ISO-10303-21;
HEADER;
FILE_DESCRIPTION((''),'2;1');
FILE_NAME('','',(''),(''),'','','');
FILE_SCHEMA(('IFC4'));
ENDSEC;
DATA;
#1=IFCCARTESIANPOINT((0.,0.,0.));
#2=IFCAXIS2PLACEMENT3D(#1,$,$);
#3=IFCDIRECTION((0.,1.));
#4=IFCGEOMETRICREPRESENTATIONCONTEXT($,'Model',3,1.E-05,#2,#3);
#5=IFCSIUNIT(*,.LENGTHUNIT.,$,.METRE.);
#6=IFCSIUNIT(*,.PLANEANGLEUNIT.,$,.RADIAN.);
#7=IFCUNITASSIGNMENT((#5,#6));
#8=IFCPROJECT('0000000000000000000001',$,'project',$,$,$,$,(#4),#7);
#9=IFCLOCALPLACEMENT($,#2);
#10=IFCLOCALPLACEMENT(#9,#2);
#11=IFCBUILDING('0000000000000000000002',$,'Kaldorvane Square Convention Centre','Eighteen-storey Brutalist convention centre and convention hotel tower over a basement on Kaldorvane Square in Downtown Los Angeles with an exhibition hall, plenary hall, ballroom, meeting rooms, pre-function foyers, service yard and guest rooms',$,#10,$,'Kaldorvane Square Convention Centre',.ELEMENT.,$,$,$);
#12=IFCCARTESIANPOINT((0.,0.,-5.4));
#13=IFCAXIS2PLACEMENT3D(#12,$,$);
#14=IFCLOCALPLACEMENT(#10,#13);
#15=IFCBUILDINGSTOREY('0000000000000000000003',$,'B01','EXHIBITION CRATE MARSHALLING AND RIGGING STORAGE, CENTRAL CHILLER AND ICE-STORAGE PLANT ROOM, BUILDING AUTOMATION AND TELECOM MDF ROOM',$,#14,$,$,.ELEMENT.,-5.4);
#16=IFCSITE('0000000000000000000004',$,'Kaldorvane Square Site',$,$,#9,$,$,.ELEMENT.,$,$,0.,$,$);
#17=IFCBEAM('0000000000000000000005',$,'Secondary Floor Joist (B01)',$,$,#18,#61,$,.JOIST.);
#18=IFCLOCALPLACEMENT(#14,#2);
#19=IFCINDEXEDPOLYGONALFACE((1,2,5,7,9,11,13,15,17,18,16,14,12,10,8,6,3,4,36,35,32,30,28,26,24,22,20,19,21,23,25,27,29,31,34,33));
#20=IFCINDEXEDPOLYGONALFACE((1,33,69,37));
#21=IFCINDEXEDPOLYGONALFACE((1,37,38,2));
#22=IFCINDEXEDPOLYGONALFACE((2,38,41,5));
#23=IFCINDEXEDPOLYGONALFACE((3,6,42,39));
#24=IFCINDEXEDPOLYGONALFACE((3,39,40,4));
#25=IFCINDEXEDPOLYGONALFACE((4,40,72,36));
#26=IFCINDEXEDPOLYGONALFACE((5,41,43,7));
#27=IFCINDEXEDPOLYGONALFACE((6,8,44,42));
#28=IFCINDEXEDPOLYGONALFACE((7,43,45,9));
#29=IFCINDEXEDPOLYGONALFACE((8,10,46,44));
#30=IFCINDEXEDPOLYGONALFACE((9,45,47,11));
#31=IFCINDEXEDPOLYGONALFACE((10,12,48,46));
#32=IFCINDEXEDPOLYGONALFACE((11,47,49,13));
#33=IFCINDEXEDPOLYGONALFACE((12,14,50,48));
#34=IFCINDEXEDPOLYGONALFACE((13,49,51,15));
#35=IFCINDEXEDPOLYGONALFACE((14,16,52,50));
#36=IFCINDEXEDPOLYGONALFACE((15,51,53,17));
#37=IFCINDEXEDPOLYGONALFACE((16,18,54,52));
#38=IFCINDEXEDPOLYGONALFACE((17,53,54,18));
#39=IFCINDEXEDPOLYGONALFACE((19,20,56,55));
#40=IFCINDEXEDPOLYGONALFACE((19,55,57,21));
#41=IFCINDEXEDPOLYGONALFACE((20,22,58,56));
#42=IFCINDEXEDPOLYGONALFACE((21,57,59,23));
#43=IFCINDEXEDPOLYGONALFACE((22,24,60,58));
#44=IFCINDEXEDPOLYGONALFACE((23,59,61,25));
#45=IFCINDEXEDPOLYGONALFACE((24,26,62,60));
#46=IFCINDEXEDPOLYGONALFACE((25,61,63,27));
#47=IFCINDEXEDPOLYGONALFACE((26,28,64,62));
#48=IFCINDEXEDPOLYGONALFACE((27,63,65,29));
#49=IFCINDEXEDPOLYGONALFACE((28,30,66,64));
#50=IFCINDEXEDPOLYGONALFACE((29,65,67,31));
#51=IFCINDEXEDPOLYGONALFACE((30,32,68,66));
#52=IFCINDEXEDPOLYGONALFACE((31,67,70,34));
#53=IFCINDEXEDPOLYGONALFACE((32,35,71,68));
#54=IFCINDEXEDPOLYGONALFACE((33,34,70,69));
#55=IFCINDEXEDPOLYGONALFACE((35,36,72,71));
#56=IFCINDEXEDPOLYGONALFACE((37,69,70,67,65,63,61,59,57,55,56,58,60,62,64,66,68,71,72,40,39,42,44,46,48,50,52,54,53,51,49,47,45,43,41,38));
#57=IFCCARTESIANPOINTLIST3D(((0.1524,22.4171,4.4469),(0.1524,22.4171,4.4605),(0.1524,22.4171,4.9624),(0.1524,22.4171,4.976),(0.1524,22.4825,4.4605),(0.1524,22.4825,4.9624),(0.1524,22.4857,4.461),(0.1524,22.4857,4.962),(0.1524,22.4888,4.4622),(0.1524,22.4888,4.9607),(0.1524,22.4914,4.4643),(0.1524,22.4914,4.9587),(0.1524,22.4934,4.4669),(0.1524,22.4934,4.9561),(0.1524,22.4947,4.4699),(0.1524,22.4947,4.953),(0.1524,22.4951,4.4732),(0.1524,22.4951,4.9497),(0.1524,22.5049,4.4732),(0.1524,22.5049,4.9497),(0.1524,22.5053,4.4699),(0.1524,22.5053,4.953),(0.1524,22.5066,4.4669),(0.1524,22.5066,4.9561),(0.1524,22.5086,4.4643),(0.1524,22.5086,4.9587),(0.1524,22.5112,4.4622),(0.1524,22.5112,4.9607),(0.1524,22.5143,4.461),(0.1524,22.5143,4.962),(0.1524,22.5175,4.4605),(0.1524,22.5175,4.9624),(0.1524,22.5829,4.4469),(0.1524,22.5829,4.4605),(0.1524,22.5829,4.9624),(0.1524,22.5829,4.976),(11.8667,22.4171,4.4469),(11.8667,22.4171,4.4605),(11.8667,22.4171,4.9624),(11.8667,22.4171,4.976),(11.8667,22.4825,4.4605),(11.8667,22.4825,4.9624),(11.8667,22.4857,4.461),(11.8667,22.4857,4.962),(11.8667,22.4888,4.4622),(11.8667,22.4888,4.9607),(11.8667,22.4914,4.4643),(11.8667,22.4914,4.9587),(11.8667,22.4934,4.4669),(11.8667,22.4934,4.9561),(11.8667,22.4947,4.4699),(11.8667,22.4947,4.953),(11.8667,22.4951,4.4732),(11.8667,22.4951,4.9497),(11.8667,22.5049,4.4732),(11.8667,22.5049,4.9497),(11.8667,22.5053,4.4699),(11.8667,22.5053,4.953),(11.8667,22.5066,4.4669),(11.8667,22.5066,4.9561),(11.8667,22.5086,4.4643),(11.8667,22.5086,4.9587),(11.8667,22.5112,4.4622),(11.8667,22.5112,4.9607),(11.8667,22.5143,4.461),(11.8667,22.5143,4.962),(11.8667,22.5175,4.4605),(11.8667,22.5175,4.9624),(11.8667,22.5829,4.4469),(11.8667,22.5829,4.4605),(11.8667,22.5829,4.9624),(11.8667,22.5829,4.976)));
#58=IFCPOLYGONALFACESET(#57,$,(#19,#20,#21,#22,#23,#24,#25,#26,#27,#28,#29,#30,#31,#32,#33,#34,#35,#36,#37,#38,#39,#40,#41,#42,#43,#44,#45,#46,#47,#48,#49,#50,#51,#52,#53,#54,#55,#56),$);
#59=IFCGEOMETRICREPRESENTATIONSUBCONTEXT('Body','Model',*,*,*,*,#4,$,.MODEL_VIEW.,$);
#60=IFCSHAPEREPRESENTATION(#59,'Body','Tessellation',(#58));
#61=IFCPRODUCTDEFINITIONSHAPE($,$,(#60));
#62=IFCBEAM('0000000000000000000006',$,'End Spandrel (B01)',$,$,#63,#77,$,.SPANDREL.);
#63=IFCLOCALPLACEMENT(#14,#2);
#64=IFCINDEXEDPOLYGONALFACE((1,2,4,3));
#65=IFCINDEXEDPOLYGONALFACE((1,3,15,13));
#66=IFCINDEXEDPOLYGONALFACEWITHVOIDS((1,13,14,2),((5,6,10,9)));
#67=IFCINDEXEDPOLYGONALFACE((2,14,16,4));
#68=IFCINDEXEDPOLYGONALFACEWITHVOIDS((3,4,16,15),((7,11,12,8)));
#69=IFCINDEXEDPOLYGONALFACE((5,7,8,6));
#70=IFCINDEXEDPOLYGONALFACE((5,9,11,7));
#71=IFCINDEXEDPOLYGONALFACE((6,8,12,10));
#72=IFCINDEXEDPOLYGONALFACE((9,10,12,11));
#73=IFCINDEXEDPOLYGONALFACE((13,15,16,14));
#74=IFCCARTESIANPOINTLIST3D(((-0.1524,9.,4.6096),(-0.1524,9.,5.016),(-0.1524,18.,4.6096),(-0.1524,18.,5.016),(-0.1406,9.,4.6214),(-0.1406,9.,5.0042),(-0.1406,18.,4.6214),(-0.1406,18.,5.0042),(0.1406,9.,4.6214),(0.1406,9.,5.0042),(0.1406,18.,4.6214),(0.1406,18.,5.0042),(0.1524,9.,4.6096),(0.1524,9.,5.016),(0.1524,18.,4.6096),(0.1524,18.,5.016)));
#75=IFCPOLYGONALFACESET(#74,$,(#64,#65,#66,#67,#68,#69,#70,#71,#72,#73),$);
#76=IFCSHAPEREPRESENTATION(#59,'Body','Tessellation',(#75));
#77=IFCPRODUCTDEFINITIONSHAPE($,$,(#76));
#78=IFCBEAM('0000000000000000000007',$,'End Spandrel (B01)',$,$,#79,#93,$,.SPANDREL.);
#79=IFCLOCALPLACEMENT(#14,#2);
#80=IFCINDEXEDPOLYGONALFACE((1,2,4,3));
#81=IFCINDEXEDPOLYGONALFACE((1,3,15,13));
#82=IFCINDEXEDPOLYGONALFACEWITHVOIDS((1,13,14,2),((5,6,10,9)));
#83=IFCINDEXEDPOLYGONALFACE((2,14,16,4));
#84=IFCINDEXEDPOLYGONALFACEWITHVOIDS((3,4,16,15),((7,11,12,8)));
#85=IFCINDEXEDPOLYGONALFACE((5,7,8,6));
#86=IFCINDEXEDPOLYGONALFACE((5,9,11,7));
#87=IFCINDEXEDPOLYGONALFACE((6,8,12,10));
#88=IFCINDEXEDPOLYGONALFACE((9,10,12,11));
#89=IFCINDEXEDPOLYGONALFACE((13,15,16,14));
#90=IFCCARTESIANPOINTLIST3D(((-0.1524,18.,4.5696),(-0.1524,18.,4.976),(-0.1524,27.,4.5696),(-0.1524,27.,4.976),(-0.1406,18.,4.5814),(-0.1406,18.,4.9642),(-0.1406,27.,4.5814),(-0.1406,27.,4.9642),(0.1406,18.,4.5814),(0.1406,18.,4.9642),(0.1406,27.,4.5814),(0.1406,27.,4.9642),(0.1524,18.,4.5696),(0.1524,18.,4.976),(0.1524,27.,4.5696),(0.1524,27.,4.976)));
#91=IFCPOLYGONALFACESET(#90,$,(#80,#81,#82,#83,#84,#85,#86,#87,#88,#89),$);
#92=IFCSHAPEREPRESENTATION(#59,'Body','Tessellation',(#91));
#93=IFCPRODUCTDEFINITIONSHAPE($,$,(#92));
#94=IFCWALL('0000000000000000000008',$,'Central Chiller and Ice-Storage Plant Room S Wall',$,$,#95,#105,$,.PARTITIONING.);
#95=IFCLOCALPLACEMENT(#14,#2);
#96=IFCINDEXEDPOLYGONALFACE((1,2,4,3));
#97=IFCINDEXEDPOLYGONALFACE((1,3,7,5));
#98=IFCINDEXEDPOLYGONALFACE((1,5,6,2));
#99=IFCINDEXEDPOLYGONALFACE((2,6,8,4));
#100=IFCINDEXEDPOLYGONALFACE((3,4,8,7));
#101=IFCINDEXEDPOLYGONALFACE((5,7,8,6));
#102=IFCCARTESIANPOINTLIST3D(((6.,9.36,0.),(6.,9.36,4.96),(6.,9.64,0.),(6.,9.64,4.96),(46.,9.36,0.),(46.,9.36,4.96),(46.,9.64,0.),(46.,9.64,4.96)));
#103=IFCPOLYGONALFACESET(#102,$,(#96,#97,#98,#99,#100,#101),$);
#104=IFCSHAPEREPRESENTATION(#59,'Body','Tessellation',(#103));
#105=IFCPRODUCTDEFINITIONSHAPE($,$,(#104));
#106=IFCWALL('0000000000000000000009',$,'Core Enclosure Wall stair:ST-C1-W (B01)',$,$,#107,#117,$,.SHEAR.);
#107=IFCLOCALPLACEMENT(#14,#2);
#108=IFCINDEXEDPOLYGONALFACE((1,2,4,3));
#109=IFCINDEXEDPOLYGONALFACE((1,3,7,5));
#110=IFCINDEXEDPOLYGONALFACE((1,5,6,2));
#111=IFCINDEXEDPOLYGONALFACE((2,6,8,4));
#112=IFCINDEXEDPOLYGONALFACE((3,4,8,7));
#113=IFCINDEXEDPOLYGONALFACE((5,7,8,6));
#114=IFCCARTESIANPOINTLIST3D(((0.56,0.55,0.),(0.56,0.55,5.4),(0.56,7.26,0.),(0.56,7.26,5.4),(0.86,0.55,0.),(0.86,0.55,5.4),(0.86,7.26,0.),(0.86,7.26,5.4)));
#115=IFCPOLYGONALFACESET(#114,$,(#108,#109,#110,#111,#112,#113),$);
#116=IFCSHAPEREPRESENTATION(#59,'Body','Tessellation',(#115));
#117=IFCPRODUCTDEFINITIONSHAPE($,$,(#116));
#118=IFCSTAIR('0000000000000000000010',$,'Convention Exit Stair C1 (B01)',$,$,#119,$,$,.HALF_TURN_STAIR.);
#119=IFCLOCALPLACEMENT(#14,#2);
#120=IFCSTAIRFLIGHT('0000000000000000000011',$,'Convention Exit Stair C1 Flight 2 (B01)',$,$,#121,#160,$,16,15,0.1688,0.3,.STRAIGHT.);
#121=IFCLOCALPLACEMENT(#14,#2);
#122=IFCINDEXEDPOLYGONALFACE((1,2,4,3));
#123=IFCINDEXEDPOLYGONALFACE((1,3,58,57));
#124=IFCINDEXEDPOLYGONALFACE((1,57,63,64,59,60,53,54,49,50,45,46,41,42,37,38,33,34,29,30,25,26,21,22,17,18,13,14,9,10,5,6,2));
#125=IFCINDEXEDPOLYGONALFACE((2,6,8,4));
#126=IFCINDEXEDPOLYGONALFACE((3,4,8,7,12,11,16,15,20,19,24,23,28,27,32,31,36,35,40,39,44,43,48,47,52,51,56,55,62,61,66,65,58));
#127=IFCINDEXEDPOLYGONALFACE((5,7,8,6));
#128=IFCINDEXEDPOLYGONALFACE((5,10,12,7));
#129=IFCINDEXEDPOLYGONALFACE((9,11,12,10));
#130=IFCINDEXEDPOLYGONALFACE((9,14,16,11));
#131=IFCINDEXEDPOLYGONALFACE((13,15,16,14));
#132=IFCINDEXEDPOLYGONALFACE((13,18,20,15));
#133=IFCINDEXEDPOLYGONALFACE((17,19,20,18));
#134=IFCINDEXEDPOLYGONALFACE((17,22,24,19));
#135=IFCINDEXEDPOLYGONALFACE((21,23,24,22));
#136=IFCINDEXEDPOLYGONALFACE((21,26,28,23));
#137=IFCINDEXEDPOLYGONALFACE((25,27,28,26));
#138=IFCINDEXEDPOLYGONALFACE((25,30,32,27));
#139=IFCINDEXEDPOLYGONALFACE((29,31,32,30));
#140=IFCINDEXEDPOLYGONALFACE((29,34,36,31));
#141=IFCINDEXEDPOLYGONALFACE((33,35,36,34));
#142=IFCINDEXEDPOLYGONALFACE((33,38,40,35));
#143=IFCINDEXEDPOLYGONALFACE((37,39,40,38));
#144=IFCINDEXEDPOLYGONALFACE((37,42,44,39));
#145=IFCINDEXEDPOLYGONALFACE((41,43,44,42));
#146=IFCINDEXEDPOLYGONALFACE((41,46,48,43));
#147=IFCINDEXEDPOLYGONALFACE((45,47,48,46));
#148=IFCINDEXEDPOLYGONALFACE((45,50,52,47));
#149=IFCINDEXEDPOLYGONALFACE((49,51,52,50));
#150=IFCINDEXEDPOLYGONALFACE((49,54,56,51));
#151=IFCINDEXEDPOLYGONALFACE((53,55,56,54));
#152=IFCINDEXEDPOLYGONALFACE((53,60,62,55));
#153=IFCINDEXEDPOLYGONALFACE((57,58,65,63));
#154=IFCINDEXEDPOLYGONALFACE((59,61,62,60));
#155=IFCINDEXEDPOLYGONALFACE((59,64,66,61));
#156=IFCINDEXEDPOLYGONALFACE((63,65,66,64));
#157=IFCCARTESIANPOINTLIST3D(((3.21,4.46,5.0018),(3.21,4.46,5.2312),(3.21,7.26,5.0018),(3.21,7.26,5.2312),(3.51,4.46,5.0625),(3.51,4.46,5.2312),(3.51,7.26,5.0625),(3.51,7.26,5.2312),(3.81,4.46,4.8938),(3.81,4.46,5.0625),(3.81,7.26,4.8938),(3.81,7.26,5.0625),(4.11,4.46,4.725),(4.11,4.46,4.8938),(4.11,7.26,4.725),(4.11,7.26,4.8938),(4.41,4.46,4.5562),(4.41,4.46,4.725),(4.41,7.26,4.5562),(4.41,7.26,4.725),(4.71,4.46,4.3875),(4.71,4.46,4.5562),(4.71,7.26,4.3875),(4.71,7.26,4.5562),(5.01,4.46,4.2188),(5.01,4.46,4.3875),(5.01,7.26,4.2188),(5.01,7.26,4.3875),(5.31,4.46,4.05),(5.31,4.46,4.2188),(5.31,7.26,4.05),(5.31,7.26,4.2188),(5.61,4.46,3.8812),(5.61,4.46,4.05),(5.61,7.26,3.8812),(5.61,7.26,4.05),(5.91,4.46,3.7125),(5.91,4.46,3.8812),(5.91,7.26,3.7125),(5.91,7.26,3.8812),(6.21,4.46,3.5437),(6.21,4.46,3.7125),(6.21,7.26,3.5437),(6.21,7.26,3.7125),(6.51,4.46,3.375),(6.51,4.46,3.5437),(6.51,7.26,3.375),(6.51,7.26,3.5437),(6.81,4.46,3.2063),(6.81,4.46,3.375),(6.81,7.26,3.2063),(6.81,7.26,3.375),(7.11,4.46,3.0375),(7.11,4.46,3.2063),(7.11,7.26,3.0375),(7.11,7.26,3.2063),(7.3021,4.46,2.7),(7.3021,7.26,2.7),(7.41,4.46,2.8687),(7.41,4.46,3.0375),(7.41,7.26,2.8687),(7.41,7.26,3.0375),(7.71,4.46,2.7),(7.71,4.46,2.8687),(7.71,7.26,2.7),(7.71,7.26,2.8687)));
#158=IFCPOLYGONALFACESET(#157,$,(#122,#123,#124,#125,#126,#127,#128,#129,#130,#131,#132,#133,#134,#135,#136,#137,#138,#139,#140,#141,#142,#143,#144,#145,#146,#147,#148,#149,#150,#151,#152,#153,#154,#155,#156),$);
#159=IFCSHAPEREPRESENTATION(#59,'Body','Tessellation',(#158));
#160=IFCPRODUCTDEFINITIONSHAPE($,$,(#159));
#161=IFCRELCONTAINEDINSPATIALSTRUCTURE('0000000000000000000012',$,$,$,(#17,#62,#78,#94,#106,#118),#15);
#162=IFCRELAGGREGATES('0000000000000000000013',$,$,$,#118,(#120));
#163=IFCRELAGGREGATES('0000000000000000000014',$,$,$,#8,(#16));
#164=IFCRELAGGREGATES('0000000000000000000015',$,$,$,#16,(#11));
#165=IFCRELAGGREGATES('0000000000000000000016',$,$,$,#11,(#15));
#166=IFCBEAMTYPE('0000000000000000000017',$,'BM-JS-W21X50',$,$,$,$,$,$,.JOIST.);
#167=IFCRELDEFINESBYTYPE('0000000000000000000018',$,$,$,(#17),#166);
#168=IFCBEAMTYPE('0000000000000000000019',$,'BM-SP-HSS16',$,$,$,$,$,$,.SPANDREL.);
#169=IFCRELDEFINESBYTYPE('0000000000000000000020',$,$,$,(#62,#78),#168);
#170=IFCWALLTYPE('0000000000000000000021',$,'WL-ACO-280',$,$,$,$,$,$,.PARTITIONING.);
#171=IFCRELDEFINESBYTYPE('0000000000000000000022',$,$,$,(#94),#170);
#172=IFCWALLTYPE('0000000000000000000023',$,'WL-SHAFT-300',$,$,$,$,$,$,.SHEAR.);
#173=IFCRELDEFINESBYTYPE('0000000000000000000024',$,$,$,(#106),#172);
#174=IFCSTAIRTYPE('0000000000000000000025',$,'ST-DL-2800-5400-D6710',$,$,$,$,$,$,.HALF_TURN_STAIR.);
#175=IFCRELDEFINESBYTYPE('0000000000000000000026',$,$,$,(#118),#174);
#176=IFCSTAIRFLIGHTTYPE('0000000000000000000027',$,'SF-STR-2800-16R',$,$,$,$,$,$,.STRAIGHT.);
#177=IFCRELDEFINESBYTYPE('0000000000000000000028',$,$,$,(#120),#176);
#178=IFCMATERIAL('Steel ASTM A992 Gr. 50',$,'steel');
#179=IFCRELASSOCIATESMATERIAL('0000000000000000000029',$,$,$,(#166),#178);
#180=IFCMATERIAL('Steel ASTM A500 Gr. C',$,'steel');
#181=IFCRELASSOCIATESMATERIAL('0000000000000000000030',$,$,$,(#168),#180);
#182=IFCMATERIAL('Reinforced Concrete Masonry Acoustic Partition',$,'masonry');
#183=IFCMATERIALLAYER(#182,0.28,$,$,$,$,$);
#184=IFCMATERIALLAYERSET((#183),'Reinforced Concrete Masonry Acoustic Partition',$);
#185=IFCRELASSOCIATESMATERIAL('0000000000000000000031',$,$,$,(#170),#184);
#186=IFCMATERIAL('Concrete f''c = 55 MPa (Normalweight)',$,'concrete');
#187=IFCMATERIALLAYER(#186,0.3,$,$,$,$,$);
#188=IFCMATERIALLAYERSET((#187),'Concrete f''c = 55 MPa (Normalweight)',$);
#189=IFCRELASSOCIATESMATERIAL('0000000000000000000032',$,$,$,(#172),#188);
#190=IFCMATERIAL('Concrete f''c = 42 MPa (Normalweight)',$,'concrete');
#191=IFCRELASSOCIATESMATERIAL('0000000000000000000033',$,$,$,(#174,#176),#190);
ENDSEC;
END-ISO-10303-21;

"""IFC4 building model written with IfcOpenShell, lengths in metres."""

from ifc_helpers import new_model, si_unit, direction, frame, frame_2d, origin, origin_2d, place, context, subcontext, project, spatial, polyline, rectangle, hollow_rectangle, i_section, outline, extrude, material, layer, layer_set, material_profile, profile_set, type_object, element, aggregate, save


model = new_model("IFC4")

# Units and contexts
model_context = context("Model", 3, precision=1e-05, world=origin(), true_north=direction((0.0, 1.0)))
body_context = subcontext(model_context, "Body", "Model", "MODEL_VIEW")
ifc_project = project(units=[si_unit("LENGTHUNIT", "METRE"), si_unit("PLANEANGLEUNIT", "RADIAN")], contexts=[model_context])

# Site, building, storey
site_placement = place(None, origin())
site = spatial("IfcSite", under=ifc_project, at=site_placement, Name="Kaldorvane Square Site", CompositionType="ELEMENT", RefElevation=0.0)
building_placement = place(site_placement, origin())
building = spatial("IfcBuilding", under=site, at=building_placement, Name="Kaldorvane Square Convention Centre", Description="Eighteen-storey Brutalist convention centre and convention hotel tower over a basement on Kaldorvane Square in Downtown Los Angeles with an exhibition hall, plenary hall, ballroom, meeting rooms, pre-function foyers, service yard and guest rooms", LongName="Kaldorvane Square Convention Centre", CompositionType="ELEMENT")
storey_placement = place(building_placement, frame((0.0, 0.0, -5.4)))
storey = spatial("IfcBuildingStorey", under=building, at=storey_placement, Name="B01", Description="EXHIBITION CRATE MARSHALLING AND RIGGING STORAGE, CENTRAL CHILLER AND ICE-STORAGE PLANT ROOM, BUILDING AUTOMATION AND TELECOM MDF ROOM", CompositionType="ELEMENT", Elevation=-5.4)

# Shared definitions
ifc_material_1 = material(Name="Concrete f'c = 42 MPa (Normalweight)", Category="concrete")

# Shared definitions
ifc_material_2 = material(Name="Steel ASTM A500 Gr. C", Category="steel")
ifc_material_3 = material(Name="Steel ASTM A992 Gr. 50", Category="steel")

# Beams
ifc_material_profile_1 = material_profile(ifc_material_3, i_section(OverallWidth=0.1659, OverallDepth=0.5291, WebThickness=0.0097, FlangeThickness=0.0136, FilletRadius=0.0127, at=origin_2d()), Name="W21X50")
ifc_profile_set_1 = profile_set([ifc_material_profile_1], Name="Steel ASTM A992 Gr. 50")
beam_type_1 = type_object("IfcBeamType", Name="BM-JS-W21X50", PredefinedType="JOIST", material=ifc_profile_set_1)
for number, where, z_axis, x_axis, name in (
    (1, (0.1524, 22.5, 4.7115), (1.0, 0.0, 0.0), (0.0, 1.0, 0.0), "Secondary Floor Joist (B01)"),
):
    element("IfcBeam", number, at=place(storey_placement, frame(where, z_axis=z_axis, x_axis=x_axis)), inside=storey, type_object=beam_type_1, Name=name, PredefinedType="JOIST", context=body_context, shape_type="SweptSolid", body=[
        extrude(i_section(OverallWidth=0.1659, OverallDepth=0.5291, WebThickness=0.0097, FlangeThickness=0.0136, FilletRadius=0.0127, at=origin_2d()), origin(), (0.0, 0.0, 1.0), 11.7143),
    ])
ifc_material_profile_2 = material_profile(ifc_material_2, hollow_rectangle(XDim=0.3048, YDim=0.4064, WallThickness=0.0118, at=origin_2d()), Name="HSS16X12X1/2")
ifc_profile_set_2 = profile_set([ifc_material_profile_2], Name="Steel ASTM A500 Gr. C")
beam_type_2 = type_object("IfcBeamType", Name="BM-SP-HSS16", PredefinedType="SPANDREL", material=ifc_profile_set_2)
for number, where, z_axis, x_axis, name in (
    (2, (0.0, 9.0, 4.8128), (0.0, 1.0, 0.0), (-1.0, 0.0, 0.0), "End Spandrel (B01)"),
    (3, (0.0, 18.0, 4.7728), (0.0, 1.0, 0.0), (-1.0, 0.0, 0.0), "End Spandrel (B01)"),
):
    element("IfcBeam", number, at=place(storey_placement, frame(where, z_axis=z_axis, x_axis=x_axis)), inside=storey, type_object=beam_type_2, Name=name, PredefinedType="SPANDREL", context=body_context, shape_type="SweptSolid", body=[
        extrude(hollow_rectangle(XDim=0.3048, YDim=0.4064, WallThickness=0.0118, at=origin_2d()), origin(), (0.0, 0.0, 1.0), 9.0),
    ])

# Walls
ifc_material_4 = material(Name="Reinforced Concrete Masonry Acoustic Partition", Category="masonry")
ifc_layer_1 = layer(ifc_material_4, 0.28)
ifc_layer_set_1 = layer_set([ifc_layer_1], Name="Reinforced Concrete Masonry Acoustic Partition")
wall_type_1 = type_object("IfcWallType", Name="WL-ACO-280", PredefinedType="PARTITIONING", material=ifc_layer_set_1)
wall_1_placement = place(storey_placement, frame((6.0, 9.5, 0.0), z_axis=(0.0, 0.0, 1.0), x_axis=(1.0, 0.0, 0.0)))
element("IfcWall", 4, at=wall_1_placement, inside=storey, type_object=wall_type_1, Name="Central Chiller and Ice-Storage Plant Room S Wall", PredefinedType="PARTITIONING", context=body_context, shape_type="SweptSolid", body=[
    extrude(rectangle(XDim=40.0, YDim=0.28, at=frame_2d((20.0, 0.0))), origin(), (0.0, 0.0, 1.0), 4.96),
])
ifc_material_5 = material(Name="Concrete f'c = 55 MPa (Normalweight)", Category="concrete")
ifc_layer_2 = layer(ifc_material_5, 0.3)
ifc_layer_set_2 = layer_set([ifc_layer_2], Name="Concrete f'c = 55 MPa (Normalweight)")
wall_type_2 = type_object("IfcWallType", Name="WL-SHAFT-300", PredefinedType="SHEAR", material=ifc_layer_set_2)
wall_2_placement = place(storey_placement, frame((0.71, 7.26, 0.0), z_axis=(0.0, 0.0, 1.0), x_axis=(0.0, -1.0, 0.0)))
element("IfcWall", 5, at=wall_2_placement, inside=storey, type_object=wall_type_2, Name="Core Enclosure Wall stair:ST-C1-W (B01)", PredefinedType="SHEAR", context=body_context, shape_type="SweptSolid", body=[
    extrude(rectangle(XDim=6.71, YDim=0.3, at=frame_2d((3.355, 0.0))), origin(), (0.0, 0.0, 1.0), 5.4),
])

# Stair, stair flight
stair_type = type_object("IfcStairType", Name="ST-DL-2800-5400-D6710", PredefinedType="HALF_TURN_STAIR", material=ifc_material_1)
stair_placement = place(storey_placement, origin())
stair = element("IfcStair", 6, at=stair_placement, inside=storey, type_object=stair_type, Name="Convention Exit Stair C1 (B01)", PredefinedType="HALF_TURN_STAIR")
stair_flight_type = type_object("IfcStairFlightType", Name="SF-STR-2800-16R", PredefinedType="STRAIGHT", material=ifc_material_1)
stair_flight_placement = place(storey_placement, frame((7.71, 5.86, 2.7), z_axis=(0.0, 0.0, 1.0), x_axis=(-1.0, 0.0, 0.0)))
stair_flight = element("IfcStairFlight", 7, at=stair_flight_placement, type_object=stair_flight_type, Name="Convention Exit Stair C1 Flight 2 (B01)", NumberOfRisers=16, NumberOfTreads=15, PredefinedType="STRAIGHT", RiserHeight=0.1688, TreadLength=0.3, context=body_context, shape_type="SweptSolid", body=[
    extrude(outline(polyline([(0.0, 0.0), (0.0, 0.1687), (0.3, 0.1687), (0.3, 0.3375), (0.6, 0.3375), (0.6, 0.5063), (0.9, 0.5063), (0.9, 0.675), (1.2, 0.675), (1.2, 0.8438), (1.5, 0.8438), (1.5, 1.0125), (1.8, 1.0125), (1.8, 1.1812), (2.1, 1.1812), (2.1, 1.35), (2.4, 1.35), (2.4, 1.5188), (2.7, 1.5188), (2.7, 1.6875), (3.0, 1.6875), (3.0, 1.8562), (3.3, 1.8562), (3.3, 2.025), (3.6, 2.025), (3.6, 2.1938), (3.9, 2.1938), (3.9, 2.3625), (4.2, 2.3625), (4.2, 2.5312), (4.5, 2.5312), (4.5, 2.7), (4.5, 2.3018), (0.4079, 0.0), (0.0, 0.0)])), frame((0.0, 1.4, 0.0), z_axis=(0.0, -1.0, 0.0), x_axis=(1.0, 0.0, 0.0)), (0.0, 0.0, 1.0), 2.8),
])
aggregate(stair, [stair_flight])

save(model, "model.ifc")
